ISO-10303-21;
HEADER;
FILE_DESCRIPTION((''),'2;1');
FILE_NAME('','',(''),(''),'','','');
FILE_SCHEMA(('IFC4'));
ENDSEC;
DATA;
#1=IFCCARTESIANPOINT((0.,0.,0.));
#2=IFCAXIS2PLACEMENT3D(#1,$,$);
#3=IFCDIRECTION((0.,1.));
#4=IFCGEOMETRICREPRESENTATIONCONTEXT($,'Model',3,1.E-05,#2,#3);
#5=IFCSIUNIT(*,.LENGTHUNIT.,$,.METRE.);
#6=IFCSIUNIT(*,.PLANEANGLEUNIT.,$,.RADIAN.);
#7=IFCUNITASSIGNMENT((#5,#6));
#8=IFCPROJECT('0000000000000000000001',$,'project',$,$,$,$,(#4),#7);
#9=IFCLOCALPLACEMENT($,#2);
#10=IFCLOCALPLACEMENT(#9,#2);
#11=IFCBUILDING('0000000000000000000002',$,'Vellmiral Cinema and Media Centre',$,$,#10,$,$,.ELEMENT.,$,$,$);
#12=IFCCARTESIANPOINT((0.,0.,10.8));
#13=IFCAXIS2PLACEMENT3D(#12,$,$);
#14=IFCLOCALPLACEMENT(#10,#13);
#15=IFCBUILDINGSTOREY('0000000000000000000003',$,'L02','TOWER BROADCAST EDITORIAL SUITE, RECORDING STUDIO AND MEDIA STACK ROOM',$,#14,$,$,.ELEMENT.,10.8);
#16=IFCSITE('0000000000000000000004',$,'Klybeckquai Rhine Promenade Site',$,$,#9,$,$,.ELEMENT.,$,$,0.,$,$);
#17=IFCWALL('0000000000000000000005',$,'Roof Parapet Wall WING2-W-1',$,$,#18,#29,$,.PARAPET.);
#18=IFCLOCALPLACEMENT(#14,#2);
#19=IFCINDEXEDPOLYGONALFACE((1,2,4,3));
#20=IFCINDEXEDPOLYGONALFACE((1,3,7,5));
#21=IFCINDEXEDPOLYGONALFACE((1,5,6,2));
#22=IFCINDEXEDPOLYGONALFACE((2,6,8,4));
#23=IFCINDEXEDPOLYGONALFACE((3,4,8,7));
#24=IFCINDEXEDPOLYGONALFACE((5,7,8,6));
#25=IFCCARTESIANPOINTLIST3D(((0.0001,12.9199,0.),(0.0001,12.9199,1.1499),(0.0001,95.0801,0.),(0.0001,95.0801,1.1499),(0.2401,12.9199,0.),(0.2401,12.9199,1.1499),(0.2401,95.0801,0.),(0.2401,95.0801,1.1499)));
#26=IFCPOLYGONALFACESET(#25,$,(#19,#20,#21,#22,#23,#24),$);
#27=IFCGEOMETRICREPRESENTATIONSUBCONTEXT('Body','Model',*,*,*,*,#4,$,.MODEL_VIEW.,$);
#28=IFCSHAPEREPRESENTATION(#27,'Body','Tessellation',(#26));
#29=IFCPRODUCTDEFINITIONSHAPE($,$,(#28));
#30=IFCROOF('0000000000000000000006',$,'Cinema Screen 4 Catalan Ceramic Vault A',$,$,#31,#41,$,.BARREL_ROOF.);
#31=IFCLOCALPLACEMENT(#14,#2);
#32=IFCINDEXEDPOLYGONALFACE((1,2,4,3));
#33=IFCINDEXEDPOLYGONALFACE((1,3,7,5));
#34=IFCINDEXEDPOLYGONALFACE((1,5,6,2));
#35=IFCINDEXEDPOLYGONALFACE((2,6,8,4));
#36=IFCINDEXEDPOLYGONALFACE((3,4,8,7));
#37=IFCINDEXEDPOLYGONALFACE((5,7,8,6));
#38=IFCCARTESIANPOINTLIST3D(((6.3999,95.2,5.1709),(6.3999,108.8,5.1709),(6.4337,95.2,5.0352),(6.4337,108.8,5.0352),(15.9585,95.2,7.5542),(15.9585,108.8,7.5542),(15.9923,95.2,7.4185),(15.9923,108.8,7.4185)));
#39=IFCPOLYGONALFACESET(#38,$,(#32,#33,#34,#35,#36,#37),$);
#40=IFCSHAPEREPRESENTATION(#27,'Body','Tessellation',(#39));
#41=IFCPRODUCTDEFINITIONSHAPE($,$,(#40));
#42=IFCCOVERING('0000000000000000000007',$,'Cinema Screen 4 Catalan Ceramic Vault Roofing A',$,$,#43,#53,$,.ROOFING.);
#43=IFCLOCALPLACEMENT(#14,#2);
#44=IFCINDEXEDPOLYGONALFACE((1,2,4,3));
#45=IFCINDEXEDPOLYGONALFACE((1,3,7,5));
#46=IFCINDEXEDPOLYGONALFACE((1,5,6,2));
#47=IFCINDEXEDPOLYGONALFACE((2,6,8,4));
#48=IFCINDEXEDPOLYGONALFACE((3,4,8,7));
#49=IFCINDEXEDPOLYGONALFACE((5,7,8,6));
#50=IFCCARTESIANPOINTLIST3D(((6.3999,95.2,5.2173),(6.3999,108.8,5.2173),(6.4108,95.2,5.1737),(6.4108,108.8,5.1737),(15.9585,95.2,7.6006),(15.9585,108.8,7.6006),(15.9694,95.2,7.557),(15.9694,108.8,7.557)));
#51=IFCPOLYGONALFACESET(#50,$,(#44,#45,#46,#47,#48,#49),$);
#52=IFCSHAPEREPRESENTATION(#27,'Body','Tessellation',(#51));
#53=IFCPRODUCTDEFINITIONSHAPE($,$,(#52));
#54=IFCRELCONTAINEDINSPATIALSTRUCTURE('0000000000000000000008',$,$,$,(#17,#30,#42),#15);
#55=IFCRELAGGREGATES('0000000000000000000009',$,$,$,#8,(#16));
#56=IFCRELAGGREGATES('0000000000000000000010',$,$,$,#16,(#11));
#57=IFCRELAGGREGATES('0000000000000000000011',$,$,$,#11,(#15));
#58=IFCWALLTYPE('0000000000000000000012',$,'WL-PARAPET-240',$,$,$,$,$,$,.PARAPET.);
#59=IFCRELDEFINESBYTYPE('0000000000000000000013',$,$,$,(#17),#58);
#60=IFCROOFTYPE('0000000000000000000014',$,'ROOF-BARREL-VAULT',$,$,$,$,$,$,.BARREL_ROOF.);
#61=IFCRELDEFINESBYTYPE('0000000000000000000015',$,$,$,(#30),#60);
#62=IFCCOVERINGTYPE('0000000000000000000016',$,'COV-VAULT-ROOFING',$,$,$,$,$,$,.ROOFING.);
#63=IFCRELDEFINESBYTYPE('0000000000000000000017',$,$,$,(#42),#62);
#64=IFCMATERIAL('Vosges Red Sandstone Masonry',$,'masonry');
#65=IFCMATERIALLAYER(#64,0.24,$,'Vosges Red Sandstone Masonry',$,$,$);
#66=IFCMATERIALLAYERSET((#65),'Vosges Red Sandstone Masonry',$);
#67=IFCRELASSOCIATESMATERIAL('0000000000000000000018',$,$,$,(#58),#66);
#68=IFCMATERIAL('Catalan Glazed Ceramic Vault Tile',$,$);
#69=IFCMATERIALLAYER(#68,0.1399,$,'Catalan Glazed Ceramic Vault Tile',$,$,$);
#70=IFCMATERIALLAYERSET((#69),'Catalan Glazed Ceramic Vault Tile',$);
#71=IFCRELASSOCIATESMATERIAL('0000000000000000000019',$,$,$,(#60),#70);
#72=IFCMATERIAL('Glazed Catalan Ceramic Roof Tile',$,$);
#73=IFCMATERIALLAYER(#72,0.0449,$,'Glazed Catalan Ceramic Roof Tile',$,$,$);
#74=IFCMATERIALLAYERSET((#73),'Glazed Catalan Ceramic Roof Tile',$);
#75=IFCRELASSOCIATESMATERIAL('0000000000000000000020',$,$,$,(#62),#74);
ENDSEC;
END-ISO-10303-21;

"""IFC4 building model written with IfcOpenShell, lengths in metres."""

from ifc_helpers import new_model, si_unit, direction, frame, frame_2d, origin, place, context, subcontext, project, spatial, polyline, rectangle, outline, extrude, material, layer, layer_set, type_object, element, save


model = new_model("IFC4")

# Units and contexts
model_context = context("Model", 3, precision=1e-05, world=origin(), true_north=direction((0.0, 1.0)))
body_context = subcontext(model_context, "Body", "Model", "MODEL_VIEW")
ifc_project = project(units=[si_unit("LENGTHUNIT", "METRE"), si_unit("PLANEANGLEUNIT", "RADIAN")], contexts=[model_context])

# Site, building, storey
site_placement = place(None, origin())
site = spatial("IfcSite", under=ifc_project, at=site_placement, Name="Klybeckquai Rhine Promenade Site", CompositionType="ELEMENT", RefElevation=0.0)
building_placement = place(site_placement, origin())
building = spatial("IfcBuilding", under=site, at=building_placement, Name="Vellmiral Cinema and Media Centre", CompositionType="ELEMENT")
storey_placement = place(building_placement, frame((0.0, 0.0, 10.8)))
storey = spatial("IfcBuildingStorey", under=building, at=storey_placement, Name="L02", Description="TOWER BROADCAST EDITORIAL SUITE, RECORDING STUDIO AND MEDIA STACK ROOM", CompositionType="ELEMENT", Elevation=10.8)

# Wall
ifc_material_1 = material(Name="Vosges Red Sandstone Masonry", Category="masonry")
ifc_layer_1 = layer(ifc_material_1, 0.24, Name="Vosges Red Sandstone Masonry")
ifc_layer_set_1 = layer_set([ifc_layer_1], Name="Vosges Red Sandstone Masonry")
wall_type_1 = type_object("IfcWallType", Name="WL-PARAPET-240", PredefinedType="PARAPET", material=ifc_layer_set_1)
wall_1_placement = place(storey_placement, frame((0.1201, 95.0801, 0.0), z_axis=(0.0, 0.0, 1.0), x_axis=(0.0, -1.0, 0.0)))
element("IfcWall", 1, at=wall_1_placement, inside=storey, type_object=wall_type_1, Name="Roof Parapet Wall WING2-W-1", PredefinedType="PARAPET", context=body_context, shape_type="SweptSolid", body=[
    extrude(rectangle(XDim=82.1602, YDim=0.24, at=frame_2d((41.0801, 0.0))), origin(), (0.0, 0.0, 1.0), 1.1499),
])

# Roof
ifc_material_2 = material(Name="Catalan Glazed Ceramic Vault Tile")
ifc_layer_2 = layer(ifc_material_2, 0.1399, Name="Catalan Glazed Ceramic Vault Tile")
ifc_layer_set_2 = layer_set([ifc_layer_2], Name="Catalan Glazed Ceramic Vault Tile")
roof_type = type_object("IfcRoofType", Name="ROOF-BARREL-VAULT", PredefinedType="BARREL_ROOF", material=ifc_layer_set_2)
roof_placement = place(storey_placement, frame((6.3999, 95.2, 5.1709), z_axis=(-0.241929, 0.0, 0.970294), x_axis=(0.970294, 0.0, 0.241929)))
element("IfcRoof", 2, at=roof_placement, inside=storey, type_object=roof_type, Name="Cinema Screen 4 Catalan Ceramic Vault A", PredefinedType="BARREL_ROOF", context=body_context, shape_type="SweptSolid", body=[
    extrude(outline(polyline([(0.0, 0.0), (9.8512, 0.0), (9.8512, 13.6001), (0.0, 13.6001), (0.0, 0.0)])), origin(), (0.0, 0.0, -1.0), 0.1399),
])

# Covering
ifc_material_3 = material(Name="Glazed Catalan Ceramic Roof Tile")
ifc_layer_3 = layer(ifc_material_3, 0.0449, Name="Glazed Catalan Ceramic Roof Tile")
ifc_layer_set_3 = layer_set([ifc_layer_3], Name="Glazed Catalan Ceramic Roof Tile")
covering_type = type_object("IfcCoveringType", Name="COV-VAULT-ROOFING", PredefinedType="ROOFING", material=ifc_layer_set_3)
covering_placement = place(storey_placement, frame((6.3999, 95.2, 5.2173), z_axis=(-0.241929, 0.0, 0.970294), x_axis=(0.970294, 0.0, 0.241929)))
element("IfcCovering", 3, at=covering_placement, inside=storey, type_object=covering_type, Name="Cinema Screen 4 Catalan Ceramic Vault Roofing A", PredefinedType="ROOFING", context=body_context, shape_type="SweptSolid", body=[
    extrude(outline(polyline([(0.0, 0.0), (9.8512, 0.0), (9.8512, 13.6001), (0.0, 13.6001), (0.0, 0.0)])), origin(), (0.0, 0.0, -1.0), 0.0449),
])

save(model, "model.ifc")
